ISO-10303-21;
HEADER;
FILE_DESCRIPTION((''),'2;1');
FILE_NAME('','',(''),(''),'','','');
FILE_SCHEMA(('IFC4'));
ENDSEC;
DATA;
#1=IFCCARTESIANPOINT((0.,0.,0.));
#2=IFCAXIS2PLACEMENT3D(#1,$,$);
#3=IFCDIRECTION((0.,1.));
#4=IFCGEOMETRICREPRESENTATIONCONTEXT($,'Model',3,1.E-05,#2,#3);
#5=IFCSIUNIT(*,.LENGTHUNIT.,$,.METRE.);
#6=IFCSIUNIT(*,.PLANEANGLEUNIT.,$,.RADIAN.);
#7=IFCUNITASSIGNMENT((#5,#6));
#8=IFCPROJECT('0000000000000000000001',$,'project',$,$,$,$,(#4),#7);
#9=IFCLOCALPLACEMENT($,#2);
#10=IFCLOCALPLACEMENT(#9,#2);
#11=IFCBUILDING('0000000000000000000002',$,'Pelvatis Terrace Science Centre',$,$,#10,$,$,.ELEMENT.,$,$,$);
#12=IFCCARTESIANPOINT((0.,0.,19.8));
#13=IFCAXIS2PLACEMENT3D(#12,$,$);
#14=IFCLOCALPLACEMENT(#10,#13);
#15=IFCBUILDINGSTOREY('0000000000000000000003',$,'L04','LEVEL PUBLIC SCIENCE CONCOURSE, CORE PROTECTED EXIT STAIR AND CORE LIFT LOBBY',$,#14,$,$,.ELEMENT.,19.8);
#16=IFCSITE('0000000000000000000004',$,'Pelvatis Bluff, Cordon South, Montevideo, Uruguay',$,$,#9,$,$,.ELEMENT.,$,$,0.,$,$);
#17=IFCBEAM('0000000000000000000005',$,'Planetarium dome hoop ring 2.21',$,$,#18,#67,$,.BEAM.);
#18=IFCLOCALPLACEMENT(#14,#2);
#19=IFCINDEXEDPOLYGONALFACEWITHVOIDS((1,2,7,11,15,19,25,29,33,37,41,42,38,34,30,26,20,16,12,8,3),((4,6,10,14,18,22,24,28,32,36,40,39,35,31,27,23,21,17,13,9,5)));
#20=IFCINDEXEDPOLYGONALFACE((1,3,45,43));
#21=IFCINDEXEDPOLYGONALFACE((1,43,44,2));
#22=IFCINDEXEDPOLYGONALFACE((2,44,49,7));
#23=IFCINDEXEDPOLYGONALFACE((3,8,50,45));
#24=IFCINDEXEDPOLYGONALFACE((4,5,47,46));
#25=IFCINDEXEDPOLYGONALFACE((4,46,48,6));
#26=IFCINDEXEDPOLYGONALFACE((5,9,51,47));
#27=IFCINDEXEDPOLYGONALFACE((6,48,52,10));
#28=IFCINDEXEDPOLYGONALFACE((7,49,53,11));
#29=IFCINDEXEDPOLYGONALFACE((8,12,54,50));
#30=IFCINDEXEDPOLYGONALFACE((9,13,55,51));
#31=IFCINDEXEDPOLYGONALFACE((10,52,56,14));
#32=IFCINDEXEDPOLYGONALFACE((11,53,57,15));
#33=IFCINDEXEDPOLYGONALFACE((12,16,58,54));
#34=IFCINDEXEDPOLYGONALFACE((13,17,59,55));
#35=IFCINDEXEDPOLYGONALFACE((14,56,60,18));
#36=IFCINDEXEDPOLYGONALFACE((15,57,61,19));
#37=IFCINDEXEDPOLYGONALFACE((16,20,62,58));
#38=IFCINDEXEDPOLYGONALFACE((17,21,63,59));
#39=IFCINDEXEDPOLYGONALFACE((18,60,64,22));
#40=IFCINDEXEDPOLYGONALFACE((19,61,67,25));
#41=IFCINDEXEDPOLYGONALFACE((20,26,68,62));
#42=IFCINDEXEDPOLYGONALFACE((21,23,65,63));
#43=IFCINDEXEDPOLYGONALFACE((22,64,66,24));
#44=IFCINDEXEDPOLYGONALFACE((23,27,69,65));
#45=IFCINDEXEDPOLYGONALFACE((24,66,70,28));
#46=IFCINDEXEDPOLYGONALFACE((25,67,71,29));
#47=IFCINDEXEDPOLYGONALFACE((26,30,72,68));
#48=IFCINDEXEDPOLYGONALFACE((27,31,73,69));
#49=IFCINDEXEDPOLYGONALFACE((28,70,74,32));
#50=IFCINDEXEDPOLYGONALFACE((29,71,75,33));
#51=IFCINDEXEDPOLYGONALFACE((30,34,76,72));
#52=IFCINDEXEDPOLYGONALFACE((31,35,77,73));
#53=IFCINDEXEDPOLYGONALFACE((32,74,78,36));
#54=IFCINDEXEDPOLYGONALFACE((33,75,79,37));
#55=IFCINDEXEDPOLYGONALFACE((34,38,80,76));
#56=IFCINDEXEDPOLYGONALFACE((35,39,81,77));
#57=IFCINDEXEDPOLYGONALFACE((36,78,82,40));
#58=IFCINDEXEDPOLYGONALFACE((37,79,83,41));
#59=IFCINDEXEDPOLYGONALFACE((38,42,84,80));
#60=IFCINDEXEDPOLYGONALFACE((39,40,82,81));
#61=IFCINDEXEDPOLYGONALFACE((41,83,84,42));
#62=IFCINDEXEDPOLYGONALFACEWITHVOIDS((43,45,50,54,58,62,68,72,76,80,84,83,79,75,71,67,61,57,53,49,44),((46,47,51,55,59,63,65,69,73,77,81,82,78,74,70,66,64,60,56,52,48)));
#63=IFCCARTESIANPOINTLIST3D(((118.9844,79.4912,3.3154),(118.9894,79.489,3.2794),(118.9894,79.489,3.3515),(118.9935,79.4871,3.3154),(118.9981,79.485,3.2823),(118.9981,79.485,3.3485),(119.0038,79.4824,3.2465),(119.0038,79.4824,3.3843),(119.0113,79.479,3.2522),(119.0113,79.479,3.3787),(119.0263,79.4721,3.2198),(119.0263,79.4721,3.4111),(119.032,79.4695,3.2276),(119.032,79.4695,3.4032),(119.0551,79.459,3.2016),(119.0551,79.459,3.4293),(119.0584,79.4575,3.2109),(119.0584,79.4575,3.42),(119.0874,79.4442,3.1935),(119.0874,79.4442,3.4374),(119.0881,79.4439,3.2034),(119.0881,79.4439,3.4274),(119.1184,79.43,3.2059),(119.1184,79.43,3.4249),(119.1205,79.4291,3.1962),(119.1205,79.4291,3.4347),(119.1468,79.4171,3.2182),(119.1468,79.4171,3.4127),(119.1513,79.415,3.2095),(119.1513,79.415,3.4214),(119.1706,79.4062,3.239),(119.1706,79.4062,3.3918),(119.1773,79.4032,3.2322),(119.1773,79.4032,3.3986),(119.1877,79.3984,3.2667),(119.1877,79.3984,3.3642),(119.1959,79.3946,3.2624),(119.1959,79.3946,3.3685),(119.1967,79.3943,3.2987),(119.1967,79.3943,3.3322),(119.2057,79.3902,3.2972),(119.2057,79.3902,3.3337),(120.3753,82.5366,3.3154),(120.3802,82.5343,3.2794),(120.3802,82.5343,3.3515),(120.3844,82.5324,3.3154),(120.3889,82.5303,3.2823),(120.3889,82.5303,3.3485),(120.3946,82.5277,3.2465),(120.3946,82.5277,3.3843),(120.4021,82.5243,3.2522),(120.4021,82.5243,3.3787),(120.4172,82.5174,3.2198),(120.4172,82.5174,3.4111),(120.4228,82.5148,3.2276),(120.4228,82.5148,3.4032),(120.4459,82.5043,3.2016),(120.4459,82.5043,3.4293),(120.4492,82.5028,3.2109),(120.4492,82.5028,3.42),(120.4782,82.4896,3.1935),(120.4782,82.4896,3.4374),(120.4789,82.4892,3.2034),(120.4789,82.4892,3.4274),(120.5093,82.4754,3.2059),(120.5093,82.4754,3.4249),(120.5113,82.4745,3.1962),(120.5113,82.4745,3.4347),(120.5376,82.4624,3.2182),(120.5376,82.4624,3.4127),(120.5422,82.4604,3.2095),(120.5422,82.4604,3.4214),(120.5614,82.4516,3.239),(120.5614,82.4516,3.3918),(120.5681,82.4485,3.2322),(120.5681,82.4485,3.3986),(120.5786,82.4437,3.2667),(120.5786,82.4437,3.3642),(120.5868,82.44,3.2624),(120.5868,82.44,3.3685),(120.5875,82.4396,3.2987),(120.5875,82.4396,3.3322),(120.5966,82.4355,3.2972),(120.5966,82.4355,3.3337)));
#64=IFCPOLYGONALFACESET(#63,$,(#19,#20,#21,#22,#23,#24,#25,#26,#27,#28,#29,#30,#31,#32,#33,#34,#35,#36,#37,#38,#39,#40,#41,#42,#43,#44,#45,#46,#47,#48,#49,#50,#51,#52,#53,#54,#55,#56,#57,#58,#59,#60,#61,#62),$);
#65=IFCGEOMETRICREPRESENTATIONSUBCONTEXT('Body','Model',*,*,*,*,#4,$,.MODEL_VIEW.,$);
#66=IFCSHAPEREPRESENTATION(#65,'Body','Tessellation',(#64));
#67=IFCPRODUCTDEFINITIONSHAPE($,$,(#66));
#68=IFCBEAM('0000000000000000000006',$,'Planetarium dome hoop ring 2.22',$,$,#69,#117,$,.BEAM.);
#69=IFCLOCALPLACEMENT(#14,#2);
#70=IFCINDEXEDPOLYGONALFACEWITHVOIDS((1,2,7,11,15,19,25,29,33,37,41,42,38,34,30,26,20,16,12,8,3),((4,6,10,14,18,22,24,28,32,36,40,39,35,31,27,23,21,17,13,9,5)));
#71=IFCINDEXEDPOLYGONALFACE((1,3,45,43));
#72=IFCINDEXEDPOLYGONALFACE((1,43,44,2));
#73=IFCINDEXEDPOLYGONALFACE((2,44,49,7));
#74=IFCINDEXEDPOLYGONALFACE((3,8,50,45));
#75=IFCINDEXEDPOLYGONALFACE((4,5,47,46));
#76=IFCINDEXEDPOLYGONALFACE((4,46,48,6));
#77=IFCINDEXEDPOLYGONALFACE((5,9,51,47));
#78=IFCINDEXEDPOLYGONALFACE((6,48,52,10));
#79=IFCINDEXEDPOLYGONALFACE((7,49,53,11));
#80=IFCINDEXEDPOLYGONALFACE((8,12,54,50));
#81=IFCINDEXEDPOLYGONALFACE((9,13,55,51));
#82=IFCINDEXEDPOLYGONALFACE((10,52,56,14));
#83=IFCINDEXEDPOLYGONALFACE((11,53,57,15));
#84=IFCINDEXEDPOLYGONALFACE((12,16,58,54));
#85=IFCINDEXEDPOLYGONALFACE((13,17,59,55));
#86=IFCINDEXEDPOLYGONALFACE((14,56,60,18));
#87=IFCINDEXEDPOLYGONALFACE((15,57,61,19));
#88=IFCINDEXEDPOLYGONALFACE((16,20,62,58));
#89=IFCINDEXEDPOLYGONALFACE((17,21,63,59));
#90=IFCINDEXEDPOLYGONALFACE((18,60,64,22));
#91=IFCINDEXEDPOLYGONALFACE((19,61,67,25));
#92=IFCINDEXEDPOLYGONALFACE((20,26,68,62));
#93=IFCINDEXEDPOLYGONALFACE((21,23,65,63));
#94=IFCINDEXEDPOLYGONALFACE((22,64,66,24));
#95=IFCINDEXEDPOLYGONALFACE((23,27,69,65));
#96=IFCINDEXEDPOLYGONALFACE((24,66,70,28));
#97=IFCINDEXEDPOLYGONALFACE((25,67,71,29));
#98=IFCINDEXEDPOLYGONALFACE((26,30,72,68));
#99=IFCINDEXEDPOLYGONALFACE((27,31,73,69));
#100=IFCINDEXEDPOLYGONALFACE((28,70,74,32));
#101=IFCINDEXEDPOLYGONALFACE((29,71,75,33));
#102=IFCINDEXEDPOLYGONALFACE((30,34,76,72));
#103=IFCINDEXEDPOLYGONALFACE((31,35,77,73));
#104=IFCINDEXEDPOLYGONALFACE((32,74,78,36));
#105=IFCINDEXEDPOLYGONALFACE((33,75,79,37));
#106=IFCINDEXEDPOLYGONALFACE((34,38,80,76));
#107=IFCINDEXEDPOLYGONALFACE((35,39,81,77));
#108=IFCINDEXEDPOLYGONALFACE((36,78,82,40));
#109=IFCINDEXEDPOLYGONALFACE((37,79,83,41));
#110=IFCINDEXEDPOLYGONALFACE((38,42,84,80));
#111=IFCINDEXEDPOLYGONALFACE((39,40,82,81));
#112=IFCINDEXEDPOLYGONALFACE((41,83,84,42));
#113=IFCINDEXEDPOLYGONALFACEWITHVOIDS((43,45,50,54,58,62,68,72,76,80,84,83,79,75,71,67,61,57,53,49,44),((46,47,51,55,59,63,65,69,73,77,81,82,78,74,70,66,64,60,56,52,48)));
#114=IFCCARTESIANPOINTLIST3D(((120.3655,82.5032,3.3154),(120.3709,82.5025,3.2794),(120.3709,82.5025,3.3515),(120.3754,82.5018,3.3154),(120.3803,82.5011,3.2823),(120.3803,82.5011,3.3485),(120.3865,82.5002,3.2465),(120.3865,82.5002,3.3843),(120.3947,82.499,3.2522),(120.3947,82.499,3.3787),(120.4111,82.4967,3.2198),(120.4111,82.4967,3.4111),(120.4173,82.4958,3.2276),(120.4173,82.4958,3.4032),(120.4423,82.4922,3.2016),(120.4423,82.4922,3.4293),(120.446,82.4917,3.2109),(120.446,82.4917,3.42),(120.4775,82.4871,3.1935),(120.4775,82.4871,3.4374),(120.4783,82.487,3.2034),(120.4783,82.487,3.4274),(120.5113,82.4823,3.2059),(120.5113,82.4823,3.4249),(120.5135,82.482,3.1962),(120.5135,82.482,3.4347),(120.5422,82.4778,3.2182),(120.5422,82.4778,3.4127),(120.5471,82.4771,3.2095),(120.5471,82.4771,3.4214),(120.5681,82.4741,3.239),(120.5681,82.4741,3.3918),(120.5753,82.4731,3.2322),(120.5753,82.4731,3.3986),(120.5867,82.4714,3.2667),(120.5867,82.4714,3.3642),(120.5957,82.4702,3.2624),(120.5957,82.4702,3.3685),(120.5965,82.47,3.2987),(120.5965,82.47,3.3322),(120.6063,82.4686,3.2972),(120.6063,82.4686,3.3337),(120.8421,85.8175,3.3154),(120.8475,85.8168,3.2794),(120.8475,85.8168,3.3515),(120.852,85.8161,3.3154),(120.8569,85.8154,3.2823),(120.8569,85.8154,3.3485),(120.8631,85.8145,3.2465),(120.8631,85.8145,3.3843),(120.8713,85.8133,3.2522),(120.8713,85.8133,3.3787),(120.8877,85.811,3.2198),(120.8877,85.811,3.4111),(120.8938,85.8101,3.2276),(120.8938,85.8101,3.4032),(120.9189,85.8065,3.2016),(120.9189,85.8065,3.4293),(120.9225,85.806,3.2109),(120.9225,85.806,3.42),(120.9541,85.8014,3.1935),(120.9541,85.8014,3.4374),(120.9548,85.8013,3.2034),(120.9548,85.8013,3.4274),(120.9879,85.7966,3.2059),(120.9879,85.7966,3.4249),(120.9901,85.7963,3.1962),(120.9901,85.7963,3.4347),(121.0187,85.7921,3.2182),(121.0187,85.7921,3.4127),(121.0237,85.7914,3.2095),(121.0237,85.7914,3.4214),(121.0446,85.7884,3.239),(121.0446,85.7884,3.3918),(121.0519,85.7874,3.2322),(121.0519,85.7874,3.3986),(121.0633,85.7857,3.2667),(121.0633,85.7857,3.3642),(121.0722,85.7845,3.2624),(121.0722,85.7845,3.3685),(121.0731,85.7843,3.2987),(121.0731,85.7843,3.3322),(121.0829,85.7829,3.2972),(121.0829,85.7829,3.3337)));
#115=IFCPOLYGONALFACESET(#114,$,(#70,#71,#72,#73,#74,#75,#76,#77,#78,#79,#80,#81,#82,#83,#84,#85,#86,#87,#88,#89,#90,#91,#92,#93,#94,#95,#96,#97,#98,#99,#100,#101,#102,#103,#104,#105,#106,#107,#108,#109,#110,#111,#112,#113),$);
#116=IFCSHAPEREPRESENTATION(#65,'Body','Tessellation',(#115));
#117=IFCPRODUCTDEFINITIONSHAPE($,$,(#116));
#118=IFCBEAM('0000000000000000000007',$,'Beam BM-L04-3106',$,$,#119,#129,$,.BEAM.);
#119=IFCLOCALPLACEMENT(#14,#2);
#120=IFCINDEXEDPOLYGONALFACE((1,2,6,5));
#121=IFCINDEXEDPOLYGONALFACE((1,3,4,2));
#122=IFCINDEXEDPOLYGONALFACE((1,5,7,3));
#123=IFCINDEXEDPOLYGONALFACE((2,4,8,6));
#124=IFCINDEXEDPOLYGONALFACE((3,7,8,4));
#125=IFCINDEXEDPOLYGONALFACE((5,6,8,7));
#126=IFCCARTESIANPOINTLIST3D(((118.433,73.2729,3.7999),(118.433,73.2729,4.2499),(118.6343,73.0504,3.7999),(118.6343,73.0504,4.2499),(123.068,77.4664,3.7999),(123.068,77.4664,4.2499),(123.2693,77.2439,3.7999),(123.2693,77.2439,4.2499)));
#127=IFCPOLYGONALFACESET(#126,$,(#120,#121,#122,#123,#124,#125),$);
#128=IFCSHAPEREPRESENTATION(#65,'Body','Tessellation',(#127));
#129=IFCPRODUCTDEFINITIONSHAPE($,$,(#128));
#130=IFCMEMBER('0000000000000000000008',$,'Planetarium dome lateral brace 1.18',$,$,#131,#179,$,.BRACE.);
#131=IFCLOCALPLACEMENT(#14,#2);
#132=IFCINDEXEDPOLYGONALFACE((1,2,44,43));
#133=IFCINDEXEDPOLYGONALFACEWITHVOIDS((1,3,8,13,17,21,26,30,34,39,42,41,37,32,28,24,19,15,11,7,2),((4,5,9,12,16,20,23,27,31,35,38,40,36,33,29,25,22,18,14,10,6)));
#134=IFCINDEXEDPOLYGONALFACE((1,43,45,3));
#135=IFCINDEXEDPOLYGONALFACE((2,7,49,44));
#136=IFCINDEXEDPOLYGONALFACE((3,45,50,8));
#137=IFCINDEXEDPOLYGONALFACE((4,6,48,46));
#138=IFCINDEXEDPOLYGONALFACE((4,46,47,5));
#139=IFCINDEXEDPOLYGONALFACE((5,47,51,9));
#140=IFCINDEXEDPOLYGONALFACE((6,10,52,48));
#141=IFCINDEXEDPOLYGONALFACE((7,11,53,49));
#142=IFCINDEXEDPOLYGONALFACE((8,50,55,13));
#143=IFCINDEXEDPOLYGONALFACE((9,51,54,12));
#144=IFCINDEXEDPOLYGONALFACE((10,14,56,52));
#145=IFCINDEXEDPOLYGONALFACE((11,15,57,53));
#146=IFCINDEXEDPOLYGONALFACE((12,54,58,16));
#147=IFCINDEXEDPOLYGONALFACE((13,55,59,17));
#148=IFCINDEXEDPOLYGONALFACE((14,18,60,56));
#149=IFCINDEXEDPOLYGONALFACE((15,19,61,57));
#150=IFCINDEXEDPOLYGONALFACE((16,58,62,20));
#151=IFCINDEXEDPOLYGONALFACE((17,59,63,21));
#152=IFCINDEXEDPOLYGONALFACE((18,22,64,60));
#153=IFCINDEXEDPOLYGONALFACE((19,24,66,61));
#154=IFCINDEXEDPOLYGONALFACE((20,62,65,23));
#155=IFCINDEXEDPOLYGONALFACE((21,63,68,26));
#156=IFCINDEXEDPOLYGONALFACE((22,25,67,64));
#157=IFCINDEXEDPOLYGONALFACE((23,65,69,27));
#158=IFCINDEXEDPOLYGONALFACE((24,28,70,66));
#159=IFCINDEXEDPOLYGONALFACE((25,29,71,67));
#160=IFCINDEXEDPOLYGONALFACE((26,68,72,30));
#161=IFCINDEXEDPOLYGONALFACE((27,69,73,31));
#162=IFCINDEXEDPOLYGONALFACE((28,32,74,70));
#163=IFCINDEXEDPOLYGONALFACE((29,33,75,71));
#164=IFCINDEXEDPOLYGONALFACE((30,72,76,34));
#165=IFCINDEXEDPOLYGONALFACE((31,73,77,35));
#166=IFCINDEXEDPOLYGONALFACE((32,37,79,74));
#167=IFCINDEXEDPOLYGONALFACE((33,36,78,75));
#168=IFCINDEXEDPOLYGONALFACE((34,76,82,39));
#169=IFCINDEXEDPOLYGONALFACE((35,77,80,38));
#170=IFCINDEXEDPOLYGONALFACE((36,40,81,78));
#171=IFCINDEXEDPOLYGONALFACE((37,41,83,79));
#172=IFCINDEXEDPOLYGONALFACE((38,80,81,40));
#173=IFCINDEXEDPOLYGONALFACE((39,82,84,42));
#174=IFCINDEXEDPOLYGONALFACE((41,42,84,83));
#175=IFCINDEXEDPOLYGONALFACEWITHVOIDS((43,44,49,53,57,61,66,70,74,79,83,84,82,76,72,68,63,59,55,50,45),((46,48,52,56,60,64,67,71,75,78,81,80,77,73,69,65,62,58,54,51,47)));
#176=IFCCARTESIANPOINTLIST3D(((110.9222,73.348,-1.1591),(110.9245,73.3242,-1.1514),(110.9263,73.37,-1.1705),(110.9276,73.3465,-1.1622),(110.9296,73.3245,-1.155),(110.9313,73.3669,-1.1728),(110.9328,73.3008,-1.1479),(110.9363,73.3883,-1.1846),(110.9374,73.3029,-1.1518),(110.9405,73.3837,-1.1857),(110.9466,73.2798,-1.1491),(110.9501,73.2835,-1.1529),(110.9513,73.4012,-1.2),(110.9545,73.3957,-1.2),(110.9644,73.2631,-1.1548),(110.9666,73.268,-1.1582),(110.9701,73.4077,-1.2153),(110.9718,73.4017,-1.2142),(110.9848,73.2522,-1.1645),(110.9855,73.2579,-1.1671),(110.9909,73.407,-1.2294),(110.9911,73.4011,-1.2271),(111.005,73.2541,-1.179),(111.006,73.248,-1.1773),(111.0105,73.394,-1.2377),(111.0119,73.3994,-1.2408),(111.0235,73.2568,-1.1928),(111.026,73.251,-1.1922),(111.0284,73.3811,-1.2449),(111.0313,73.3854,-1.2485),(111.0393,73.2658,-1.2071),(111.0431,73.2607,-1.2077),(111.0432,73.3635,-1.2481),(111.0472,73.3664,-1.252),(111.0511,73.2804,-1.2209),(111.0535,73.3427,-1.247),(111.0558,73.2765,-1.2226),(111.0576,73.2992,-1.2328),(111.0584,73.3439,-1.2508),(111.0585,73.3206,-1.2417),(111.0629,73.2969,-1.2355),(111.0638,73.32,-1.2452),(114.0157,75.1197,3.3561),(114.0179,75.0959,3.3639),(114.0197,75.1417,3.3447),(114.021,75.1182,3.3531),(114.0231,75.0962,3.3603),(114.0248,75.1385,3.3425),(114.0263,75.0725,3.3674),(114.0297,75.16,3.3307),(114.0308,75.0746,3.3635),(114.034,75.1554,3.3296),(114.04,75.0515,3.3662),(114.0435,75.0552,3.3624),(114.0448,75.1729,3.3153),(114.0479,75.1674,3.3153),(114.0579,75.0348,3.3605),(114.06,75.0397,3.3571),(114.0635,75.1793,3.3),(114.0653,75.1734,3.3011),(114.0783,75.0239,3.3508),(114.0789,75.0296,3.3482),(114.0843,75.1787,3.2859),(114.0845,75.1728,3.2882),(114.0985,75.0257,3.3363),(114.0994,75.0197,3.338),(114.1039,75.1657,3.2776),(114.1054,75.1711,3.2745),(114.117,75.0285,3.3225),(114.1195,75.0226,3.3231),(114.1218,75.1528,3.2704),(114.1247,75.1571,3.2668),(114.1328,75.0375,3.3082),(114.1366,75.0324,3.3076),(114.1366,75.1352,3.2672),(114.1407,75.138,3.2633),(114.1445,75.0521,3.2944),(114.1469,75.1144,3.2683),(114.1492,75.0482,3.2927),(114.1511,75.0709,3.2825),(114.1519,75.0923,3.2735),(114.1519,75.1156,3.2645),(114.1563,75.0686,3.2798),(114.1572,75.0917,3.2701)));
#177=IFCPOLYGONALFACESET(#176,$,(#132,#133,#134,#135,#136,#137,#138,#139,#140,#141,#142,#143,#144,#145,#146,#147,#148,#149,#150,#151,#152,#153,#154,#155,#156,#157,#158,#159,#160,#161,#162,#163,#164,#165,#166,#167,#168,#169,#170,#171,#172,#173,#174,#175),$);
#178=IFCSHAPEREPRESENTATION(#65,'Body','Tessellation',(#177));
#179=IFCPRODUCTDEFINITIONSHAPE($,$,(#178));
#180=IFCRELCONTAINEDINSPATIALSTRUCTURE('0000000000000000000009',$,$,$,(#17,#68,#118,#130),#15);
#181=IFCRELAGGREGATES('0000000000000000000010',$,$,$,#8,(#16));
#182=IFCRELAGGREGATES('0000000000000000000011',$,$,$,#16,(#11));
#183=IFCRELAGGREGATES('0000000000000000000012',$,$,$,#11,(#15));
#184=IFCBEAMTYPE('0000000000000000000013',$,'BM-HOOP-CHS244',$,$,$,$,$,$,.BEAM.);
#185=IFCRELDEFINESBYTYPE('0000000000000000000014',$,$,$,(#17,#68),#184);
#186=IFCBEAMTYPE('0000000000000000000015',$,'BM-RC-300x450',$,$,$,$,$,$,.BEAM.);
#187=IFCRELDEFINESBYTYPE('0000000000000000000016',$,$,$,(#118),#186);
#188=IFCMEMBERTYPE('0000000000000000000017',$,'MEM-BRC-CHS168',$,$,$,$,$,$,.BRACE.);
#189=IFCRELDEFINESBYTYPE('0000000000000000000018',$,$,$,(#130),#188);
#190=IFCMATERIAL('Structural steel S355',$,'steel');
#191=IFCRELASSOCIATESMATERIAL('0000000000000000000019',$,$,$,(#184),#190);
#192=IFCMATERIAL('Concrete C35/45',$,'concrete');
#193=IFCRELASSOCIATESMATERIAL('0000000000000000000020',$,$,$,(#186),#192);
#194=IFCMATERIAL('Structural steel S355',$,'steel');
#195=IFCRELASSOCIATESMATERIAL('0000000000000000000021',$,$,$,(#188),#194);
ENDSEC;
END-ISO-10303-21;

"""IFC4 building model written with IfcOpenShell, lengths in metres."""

from ifc_helpers import new_model, si_unit, direction, frame, origin, origin_2d, place, context, subcontext, project, spatial, rectangle, hollow_circle, extrude, material, material_profile, profile_set, type_object, element, save


model = new_model("IFC4")

# Units and contexts
model_context = context("Model", 3, precision=1e-05, world=origin(), true_north=direction((0.0, 1.0)))
body_context = subcontext(model_context, "Body", "Model", "MODEL_VIEW")
ifc_project = project(units=[si_unit("LENGTHUNIT", "METRE"), si_unit("PLANEANGLEUNIT", "RADIAN")], contexts=[model_context])

# Site, building, storey
site_placement = place(None, origin())
site = spatial("IfcSite", under=ifc_project, at=site_placement, Name="Pelvatis Bluff, Cordon South, Montevideo, Uruguay", CompositionType="ELEMENT", RefElevation=0.0)
building_placement = place(site_placement, origin())
building = spatial("IfcBuilding", under=site, at=building_placement, Name="Pelvatis Terrace Science Centre", CompositionType="ELEMENT")
storey_placement = place(building_placement, frame((0.0, 0.0, 19.8)))
storey = spatial("IfcBuildingStorey", under=building, at=storey_placement, Name="L04", Description="LEVEL PUBLIC SCIENCE CONCOURSE, CORE PROTECTED EXIT STAIR AND CORE LIFT LOBBY", CompositionType="ELEMENT", Elevation=19.8)

# Beams
ifc_material_1 = material(Name="Structural steel S355", Category="steel")
ifc_material_profile_1 = material_profile(ifc_material_1, hollow_circle(Radius=0.1223, WallThickness=0.01, at=origin_2d()), Name="CHS 244.5x10.0")
ifc_profile_set_1 = profile_set([ifc_material_profile_1], Name="Structural steel S355")
beam_type_1 = type_object("IfcBeamType", Name="BM-HOOP-CHS244", PredefinedType="BEAM", material=ifc_profile_set_1)
beam_1_placement = place(storey_placement, frame((119.0957, 79.4404, 3.3154), z_axis=(0.415434, 0.909623, 0.0), x_axis=(-0.909623, 0.415434, 0.0)))
element("IfcBeam", 1, at=beam_1_placement, inside=storey, type_object=beam_type_1, Name="Planetarium dome hoop ring 2.21", PredefinedType="BEAM", context=body_context, shape_type="SweptSolid", body=[
    extrude(hollow_circle(Radius=0.1223, WallThickness=0.01, at=origin_2d()), origin(), (0.0, 0.0, 1.0), 3.3479),
])
beam_2_placement = place(storey_placement, frame((120.4866, 82.4858, 3.3154), z_axis=(0.14233, 0.989819, 0.0), x_axis=(-0.989819, 0.14233, 0.0)))
element("IfcBeam", 2, at=beam_2_placement, inside=storey, type_object=beam_type_1, Name="Planetarium dome hoop ring 2.22", PredefinedType="BEAM", context=body_context, shape_type="SweptSolid", body=[
    extrude(hollow_circle(Radius=0.1223, WallThickness=0.01, at=origin_2d()), origin(), (0.0, 0.0, 1.0), 3.3484),
])
ifc_material_2 = material(Name="Concrete C35/45", Category="concrete")
ifc_material_profile_2 = material_profile(ifc_material_2, rectangle(XDim=0.3, YDim=0.45, at=origin_2d()), Name="RC-BM 300x450")
ifc_profile_set_2 = profile_set([ifc_material_profile_2], Name="Concrete C35/45")
beam_type_2 = type_object("IfcBeamType", Name="BM-RC-300x450", PredefinedType="BEAM", material=ifc_profile_set_2)
beam_3_placement = place(storey_placement, frame((118.5337, 73.1616, 4.0249), z_axis=(0.741534, 0.670915, 0.0), x_axis=(-0.670915, 0.741534, 0.0)))
element("IfcBeam", 3, at=beam_3_placement, inside=storey, type_object=beam_type_2, Name="Beam BM-L04-3106", PredefinedType="BEAM", context=body_context, shape_type="SweptSolid", body=[
    extrude(rectangle(XDim=0.3, YDim=0.45, at=origin_2d()), origin(), (0.0, 0.0, 1.0), 6.2505),
])

# Member
ifc_material_3 = material(Name="Structural steel S355", Category="steel")
ifc_material_profile_3 = material_profile(ifc_material_3, hollow_circle(Radius=0.0842, WallThickness=0.0063, at=origin_2d()), Name="CHS 168.3x6.3")
ifc_profile_set_3 = profile_set([ifc_material_profile_3], Name="Structural steel S355")
member_type = type_object("IfcMemberType", Name="MEM-BRC-CHS168", PredefinedType="BRACE", material=ifc_profile_set_3)
for number, where, z_axis, x_axis, name in (
    (4, (110.9932, 73.3281, -1.2), (0.537717, 0.307964, 0.784869), (-0.496987, 0.867758, 0.0), "Planetarium dome lateral brace 1.18"),
):
    element("IfcMember", number, at=place(storey_placement, frame(where, z_axis=z_axis, x_axis=x_axis)), inside=storey, type_object=member_type, Name=name, PredefinedType="BRACE", context=body_context, shape_type="SweptSolid", body=[
        extrude(hollow_circle(Radius=0.0842, WallThickness=0.0063, at=origin_2d()), origin(), (0.0, 0.0, 1.0), 5.7529),
    ])

save(model, "model.ifc")
